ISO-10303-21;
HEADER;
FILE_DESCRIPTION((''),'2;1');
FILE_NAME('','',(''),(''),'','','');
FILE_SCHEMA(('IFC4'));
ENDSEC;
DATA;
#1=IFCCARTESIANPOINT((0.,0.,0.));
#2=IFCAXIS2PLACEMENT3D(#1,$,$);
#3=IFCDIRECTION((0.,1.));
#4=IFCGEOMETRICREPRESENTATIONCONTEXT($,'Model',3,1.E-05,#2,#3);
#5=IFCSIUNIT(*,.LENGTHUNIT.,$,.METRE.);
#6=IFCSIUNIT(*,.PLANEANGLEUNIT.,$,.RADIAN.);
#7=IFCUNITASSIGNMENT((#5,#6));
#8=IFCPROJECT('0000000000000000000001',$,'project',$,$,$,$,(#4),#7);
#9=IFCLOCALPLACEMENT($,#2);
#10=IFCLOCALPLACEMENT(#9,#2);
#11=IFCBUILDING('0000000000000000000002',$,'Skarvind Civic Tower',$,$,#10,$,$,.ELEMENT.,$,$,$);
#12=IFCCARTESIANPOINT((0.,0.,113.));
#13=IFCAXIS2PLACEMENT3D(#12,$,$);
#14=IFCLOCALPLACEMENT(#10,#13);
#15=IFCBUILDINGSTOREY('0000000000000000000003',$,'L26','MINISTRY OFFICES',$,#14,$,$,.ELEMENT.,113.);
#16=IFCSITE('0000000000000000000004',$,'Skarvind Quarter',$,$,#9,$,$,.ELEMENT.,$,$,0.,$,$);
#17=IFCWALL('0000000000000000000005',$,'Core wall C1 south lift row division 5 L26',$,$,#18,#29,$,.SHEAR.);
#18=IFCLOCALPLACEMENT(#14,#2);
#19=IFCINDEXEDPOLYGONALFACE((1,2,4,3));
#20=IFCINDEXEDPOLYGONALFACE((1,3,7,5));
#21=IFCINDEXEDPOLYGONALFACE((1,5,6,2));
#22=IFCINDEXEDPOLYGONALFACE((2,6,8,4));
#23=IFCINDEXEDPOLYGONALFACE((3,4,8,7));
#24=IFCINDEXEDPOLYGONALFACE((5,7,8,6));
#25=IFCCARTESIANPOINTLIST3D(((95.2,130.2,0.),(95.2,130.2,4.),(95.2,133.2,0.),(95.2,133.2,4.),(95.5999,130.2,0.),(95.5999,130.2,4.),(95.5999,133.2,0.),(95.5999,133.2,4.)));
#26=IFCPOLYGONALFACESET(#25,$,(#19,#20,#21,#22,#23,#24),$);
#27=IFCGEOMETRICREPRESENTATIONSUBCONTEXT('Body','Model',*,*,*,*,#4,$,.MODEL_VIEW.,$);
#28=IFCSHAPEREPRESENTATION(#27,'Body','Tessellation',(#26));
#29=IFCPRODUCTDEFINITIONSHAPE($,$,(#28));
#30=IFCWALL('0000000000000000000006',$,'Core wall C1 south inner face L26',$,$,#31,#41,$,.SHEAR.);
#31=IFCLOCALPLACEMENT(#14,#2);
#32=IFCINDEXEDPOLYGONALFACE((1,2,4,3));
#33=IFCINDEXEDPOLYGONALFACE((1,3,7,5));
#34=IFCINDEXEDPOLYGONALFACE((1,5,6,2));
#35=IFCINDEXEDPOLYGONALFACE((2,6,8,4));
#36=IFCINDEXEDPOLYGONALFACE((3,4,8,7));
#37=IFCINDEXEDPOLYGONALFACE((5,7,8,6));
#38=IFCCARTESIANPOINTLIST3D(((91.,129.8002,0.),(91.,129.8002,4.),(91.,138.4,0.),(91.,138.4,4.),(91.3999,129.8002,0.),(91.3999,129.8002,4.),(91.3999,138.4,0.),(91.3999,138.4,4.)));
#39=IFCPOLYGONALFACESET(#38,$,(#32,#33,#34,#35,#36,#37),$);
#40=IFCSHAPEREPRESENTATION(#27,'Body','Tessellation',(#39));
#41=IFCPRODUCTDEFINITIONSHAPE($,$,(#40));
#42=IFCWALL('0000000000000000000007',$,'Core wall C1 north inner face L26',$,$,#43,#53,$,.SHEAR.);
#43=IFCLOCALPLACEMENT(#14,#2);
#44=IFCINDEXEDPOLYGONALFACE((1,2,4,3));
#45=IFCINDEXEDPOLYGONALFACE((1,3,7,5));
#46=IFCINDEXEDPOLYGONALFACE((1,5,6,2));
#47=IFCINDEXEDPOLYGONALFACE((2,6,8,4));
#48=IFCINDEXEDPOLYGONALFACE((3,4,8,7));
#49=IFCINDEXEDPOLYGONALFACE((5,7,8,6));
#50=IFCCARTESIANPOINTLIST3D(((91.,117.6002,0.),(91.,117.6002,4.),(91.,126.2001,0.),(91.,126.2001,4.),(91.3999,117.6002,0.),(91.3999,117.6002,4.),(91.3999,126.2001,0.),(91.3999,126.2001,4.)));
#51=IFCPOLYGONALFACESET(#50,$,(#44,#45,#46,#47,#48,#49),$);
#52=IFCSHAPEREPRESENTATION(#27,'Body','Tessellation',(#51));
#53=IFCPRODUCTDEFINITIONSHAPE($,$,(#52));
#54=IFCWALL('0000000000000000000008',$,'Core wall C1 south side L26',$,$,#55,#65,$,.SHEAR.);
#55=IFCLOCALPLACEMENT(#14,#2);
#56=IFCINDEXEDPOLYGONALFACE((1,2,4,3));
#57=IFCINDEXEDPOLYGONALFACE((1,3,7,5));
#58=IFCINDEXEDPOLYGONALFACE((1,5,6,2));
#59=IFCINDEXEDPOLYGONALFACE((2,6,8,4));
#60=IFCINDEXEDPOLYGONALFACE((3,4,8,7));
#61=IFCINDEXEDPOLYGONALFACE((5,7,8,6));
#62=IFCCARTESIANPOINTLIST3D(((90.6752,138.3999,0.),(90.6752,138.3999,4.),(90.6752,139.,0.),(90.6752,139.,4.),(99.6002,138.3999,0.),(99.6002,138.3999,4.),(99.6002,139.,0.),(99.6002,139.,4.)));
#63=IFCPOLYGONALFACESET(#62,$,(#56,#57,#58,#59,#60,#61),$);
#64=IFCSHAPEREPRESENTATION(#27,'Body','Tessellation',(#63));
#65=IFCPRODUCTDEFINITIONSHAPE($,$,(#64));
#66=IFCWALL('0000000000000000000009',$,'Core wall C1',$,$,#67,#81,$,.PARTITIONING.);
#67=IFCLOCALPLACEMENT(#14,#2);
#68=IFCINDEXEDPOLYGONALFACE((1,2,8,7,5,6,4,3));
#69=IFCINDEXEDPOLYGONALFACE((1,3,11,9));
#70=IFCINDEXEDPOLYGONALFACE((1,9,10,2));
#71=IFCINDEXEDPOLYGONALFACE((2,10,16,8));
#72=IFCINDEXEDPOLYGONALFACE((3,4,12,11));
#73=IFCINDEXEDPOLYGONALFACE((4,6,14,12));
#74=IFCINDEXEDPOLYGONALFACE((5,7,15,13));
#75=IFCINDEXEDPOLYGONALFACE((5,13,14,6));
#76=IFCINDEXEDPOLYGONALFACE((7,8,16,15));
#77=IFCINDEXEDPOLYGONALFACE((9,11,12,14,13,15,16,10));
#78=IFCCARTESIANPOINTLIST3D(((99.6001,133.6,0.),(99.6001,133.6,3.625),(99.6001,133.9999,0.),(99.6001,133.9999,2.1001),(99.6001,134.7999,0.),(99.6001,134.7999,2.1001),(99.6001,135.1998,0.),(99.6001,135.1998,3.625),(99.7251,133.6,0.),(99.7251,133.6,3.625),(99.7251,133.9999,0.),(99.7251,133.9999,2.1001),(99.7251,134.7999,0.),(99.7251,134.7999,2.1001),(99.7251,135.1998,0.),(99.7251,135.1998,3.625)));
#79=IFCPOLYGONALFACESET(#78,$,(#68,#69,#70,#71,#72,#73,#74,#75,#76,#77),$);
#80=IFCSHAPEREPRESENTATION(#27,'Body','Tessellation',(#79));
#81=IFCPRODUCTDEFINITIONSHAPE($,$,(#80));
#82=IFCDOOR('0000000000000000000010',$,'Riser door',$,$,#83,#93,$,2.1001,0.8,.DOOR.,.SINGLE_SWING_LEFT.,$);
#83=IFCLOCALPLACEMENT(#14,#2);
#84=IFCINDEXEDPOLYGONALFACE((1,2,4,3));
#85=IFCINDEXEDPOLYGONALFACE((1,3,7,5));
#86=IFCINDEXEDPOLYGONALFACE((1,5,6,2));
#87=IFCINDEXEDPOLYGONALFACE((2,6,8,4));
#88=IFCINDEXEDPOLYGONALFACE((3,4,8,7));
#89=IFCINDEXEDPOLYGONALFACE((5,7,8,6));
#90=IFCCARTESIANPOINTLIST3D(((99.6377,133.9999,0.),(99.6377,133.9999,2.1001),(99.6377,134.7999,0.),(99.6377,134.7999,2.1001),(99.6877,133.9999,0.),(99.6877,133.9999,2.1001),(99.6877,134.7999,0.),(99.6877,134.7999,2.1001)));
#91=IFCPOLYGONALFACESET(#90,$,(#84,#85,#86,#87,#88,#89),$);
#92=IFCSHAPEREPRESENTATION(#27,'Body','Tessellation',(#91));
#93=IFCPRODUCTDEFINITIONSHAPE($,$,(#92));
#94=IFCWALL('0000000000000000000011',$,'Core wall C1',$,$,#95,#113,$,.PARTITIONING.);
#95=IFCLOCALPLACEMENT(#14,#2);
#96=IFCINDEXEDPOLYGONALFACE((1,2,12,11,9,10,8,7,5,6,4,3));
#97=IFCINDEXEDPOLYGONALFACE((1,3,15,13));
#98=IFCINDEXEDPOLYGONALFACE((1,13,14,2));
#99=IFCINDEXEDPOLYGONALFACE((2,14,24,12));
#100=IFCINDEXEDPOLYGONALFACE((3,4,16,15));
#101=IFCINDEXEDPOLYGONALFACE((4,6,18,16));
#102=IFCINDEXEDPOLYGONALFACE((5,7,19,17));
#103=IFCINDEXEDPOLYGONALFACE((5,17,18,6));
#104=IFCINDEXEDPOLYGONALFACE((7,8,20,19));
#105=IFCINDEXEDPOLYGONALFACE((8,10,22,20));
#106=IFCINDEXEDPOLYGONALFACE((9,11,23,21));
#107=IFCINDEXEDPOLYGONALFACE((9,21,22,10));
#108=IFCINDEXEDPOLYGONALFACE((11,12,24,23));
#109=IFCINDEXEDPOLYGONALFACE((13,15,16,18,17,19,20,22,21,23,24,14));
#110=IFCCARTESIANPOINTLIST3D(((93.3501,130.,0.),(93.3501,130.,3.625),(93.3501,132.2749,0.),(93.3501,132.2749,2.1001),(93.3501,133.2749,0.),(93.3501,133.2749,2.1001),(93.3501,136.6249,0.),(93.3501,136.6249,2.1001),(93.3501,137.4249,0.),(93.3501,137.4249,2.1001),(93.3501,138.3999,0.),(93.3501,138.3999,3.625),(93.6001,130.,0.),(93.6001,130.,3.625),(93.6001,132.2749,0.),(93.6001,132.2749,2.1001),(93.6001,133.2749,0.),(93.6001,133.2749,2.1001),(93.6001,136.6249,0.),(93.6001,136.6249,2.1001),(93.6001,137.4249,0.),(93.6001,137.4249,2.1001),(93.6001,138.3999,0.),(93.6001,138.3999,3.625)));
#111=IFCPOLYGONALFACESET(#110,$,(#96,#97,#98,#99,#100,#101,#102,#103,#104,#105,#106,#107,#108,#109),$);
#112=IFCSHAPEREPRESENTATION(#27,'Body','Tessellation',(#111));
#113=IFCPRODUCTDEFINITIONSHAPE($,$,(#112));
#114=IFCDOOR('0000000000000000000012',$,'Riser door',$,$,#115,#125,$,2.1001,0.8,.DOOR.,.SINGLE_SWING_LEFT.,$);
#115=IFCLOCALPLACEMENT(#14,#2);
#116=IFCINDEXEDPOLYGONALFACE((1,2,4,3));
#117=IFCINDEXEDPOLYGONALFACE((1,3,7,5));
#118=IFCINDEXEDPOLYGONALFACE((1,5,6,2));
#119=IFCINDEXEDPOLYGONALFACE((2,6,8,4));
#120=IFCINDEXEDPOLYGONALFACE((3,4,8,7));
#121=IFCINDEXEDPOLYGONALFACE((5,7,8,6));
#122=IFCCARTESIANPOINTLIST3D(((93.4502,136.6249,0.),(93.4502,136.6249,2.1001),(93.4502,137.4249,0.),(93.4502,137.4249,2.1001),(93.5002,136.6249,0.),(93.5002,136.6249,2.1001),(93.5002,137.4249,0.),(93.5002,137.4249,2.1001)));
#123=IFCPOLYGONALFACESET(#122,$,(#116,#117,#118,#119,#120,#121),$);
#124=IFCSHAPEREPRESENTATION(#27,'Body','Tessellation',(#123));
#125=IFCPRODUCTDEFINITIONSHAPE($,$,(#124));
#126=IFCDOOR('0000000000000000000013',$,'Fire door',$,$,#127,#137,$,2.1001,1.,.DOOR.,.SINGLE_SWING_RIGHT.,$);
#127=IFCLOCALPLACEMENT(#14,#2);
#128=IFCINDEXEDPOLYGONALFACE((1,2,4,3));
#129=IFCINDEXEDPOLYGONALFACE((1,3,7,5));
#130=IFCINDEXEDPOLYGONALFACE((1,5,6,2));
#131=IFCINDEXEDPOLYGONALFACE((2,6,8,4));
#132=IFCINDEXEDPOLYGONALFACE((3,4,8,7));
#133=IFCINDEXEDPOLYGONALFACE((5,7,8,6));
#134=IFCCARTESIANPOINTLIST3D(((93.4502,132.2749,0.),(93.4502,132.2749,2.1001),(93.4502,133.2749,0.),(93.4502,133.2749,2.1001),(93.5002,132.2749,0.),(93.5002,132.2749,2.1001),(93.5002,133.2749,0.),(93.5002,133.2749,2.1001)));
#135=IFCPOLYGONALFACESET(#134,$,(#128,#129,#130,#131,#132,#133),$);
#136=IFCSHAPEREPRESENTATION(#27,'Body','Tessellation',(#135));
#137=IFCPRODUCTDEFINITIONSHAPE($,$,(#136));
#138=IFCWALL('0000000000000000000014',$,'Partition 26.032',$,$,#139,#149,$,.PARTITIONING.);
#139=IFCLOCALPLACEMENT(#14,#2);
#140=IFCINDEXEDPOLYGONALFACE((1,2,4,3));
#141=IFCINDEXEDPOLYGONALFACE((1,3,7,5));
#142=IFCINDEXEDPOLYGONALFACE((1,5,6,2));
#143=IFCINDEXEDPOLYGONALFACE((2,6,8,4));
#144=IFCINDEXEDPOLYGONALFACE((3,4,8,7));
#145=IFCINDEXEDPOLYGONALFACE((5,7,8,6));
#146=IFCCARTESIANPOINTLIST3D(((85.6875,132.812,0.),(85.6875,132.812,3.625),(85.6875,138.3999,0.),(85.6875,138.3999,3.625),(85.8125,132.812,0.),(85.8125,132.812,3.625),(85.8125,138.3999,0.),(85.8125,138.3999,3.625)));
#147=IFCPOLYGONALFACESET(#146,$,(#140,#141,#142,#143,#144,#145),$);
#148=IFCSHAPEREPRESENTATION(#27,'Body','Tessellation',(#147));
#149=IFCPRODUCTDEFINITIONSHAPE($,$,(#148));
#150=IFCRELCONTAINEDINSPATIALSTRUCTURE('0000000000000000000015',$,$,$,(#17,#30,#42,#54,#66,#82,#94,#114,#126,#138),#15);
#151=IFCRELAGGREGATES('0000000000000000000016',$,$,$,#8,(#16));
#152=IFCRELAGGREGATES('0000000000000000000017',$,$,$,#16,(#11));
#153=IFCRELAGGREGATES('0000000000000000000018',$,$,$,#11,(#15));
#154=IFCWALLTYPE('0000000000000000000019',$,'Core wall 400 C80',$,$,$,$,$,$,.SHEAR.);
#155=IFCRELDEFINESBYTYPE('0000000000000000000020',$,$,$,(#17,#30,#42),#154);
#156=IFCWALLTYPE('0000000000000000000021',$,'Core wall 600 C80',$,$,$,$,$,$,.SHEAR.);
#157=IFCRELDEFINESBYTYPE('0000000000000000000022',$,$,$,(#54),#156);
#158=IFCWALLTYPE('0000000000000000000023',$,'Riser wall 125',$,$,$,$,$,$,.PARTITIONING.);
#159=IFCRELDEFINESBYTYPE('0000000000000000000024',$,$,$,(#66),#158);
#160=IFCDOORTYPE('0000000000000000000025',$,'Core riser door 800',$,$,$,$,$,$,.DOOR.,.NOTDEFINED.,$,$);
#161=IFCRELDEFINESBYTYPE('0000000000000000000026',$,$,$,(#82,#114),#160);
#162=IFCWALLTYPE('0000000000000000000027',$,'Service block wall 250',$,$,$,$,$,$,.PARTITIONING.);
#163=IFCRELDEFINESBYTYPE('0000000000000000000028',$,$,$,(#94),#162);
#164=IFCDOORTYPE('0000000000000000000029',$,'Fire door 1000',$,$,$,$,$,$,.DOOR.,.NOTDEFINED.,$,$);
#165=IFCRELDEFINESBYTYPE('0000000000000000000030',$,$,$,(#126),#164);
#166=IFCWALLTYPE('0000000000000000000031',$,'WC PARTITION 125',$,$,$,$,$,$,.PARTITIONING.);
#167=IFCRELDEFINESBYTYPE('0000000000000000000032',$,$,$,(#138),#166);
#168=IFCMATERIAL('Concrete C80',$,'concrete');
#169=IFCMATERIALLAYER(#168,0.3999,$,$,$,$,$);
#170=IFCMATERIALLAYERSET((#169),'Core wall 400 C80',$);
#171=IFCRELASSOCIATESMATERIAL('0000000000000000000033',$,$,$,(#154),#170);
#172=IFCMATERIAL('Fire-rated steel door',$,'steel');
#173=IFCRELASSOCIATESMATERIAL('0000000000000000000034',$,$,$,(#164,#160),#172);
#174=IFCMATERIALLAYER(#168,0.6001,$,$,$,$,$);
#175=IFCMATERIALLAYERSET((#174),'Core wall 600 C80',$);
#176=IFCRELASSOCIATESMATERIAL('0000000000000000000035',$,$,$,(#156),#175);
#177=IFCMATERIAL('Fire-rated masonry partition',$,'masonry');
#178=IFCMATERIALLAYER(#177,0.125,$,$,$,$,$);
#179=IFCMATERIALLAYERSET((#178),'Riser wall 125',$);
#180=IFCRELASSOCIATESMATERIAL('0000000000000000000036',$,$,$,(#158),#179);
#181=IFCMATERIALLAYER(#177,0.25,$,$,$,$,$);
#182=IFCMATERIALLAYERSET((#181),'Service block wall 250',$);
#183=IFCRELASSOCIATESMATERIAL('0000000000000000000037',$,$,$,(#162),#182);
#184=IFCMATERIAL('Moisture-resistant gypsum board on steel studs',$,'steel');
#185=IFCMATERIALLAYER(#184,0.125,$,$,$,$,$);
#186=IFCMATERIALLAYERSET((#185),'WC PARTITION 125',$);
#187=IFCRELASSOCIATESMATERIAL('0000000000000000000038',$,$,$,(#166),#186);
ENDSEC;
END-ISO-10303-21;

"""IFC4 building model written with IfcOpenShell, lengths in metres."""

from ifc_helpers import new_model, si_unit, direction, frame, frame_2d, origin, place, context, subcontext, project, spatial, rectangle, extrude, material, layer, layer_set, type_object, element, fill, save


model = new_model("IFC4")

# Units and contexts
model_context = context("Model", 3, precision=1e-05, world=origin(), true_north=direction((0.0, 1.0)))
body_context = subcontext(model_context, "Body", "Model", "MODEL_VIEW")
ifc_project = project(units=[si_unit("LENGTHUNIT", "METRE"), si_unit("PLANEANGLEUNIT", "RADIAN")], contexts=[model_context])

# Site, building, storey
site_placement = place(None, origin())
site = spatial("IfcSite", under=ifc_project, at=site_placement, Name="Skarvind Quarter", CompositionType="ELEMENT", RefElevation=0.0)
building_placement = place(site_placement, origin())
building = spatial("IfcBuilding", under=site, at=building_placement, Name="Skarvind Civic Tower", CompositionType="ELEMENT")
storey_placement = place(building_placement, frame((0.0, 0.0, 113.0)))
storey = spatial("IfcBuildingStorey", under=building, at=storey_placement, Name="L26", Description="MINISTRY OFFICES", CompositionType="ELEMENT", Elevation=113.0)

# Shared definitions
ifc_material_1 = material(Name="Concrete C80", Category="concrete")

# Shared definitions
ifc_material_2 = material(Name="Fire-rated masonry partition", Category="masonry")
ifc_material_3 = material(Name="Fire-rated steel door", Category="steel")

# Shared definitions
ifc_layer_1 = layer(ifc_material_1, 0.3999)
ifc_layer_set_1 = layer_set([ifc_layer_1], Name="Core wall 400 C80")
wall_type_1 = type_object("IfcWallType", Name="Core wall 400 C80", PredefinedType="SHEAR", material=ifc_layer_set_1)
door_type_1 = type_object("IfcDoorType", Name="Fire door 1000", OperationType="NOTDEFINED", PredefinedType="DOOR", material=ifc_material_3)

# Walls
for number, where, z_axis, x_axis, name in (
    (1, (95.3999, 133.2, 0.0), (0.0, 0.0, 1.0), (0.0, -1.0, 0.0), "Core wall C1 south lift row division 5 L26"),
):
    element("IfcWall", number, at=place(storey_placement, frame(where, z_axis=z_axis, x_axis=x_axis)), inside=storey, type_object=wall_type_1, Name=name, PredefinedType="SHEAR", context=body_context, shape_type="SweptSolid", body=[
        extrude(rectangle(XDim=3.0, YDim=0.3999, at=frame_2d((1.5, 0.0))), origin(), (0.0, 0.0, 1.0), 4.0),
    ])
for number, where, z_axis, x_axis, name in (
    (2, (91.2, 138.3999, 0.0), (0.0, 0.0, 1.0), (0.0, -1.0, 0.0), "Core wall C1 south inner face L26"),
    (3, (91.2, 126.2, 0.0), (0.0, 0.0, 1.0), (0.0, -1.0, 0.0), "Core wall C1 north inner face L26"),
):
    element("IfcWall", number, at=place(storey_placement, frame(where, z_axis=z_axis, x_axis=x_axis)), inside=storey, type_object=wall_type_1, Name=name, PredefinedType="SHEAR", context=body_context, shape_type="SweptSolid", body=[
        extrude(rectangle(XDim=8.5999, YDim=0.3999, at=frame_2d((4.2998, 0.0))), origin(), (0.0, 0.0, 1.0), 4.0),
    ])
ifc_layer_2 = layer(ifc_material_1, 0.6001)
ifc_layer_set_2 = layer_set([ifc_layer_2], Name="Core wall 600 C80")
wall_type_2 = type_object("IfcWallType", Name="Core wall 600 C80", PredefinedType="SHEAR", material=ifc_layer_set_2)
wall_1_placement = place(storey_placement, frame((99.6001, 138.7, 0.0), z_axis=(0.0, 0.0, 1.0), x_axis=(-1.0, 0.0, 0.0)))
element("IfcWall", 4, at=wall_1_placement, inside=storey, type_object=wall_type_2, Name="Core wall C1 south side L26", PredefinedType="SHEAR", context=body_context, shape_type="SweptSolid", body=[
    extrude(rectangle(XDim=8.925, YDim=0.6001, at=frame_2d((4.4624, 0.0))), origin(), (0.0, 0.0, 1.0), 4.0),
])

# Wall, opening, door
ifc_layer_3 = layer(ifc_material_2, 0.125)
ifc_layer_set_3 = layer_set([ifc_layer_3], Name="Riser wall 125")
wall_type_3 = type_object("IfcWallType", Name="Riser wall 125", PredefinedType="PARTITIONING", material=ifc_layer_set_3)
wall_2_placement = place(storey_placement, frame((99.6626, 133.6001, 0.0), z_axis=(0.0, 0.0, 1.0), x_axis=(0.0, 1.0, 0.0)))
wall_2 = element("IfcWall", 5, at=wall_2_placement, inside=storey, type_object=wall_type_3, Name="Core wall C1", PredefinedType="PARTITIONING", context=body_context, shape_type="SweptSolid", body=[
    extrude(rectangle(XDim=1.5999, YDim=0.125, at=frame_2d((0.7998, 0.0))), origin(), (0.0, 0.0, 1.0), 3.625),
])
opening_1_placement = place(wall_2_placement, frame((0.3999, 0.0, 0.0)))
opening_1 = element("IfcOpeningElement", 6, at=opening_1_placement, cuts=wall_2, PredefinedType="OPENING", context=body_context, shape_type="SweptSolid", body=[
    extrude(rectangle(XDim=0.8, YDim=2.1001, at=frame_2d((0.3999, 1.05))), frame((0.0, 0.0725, 0.0), z_axis=(0.0, -1.0, 0.0), x_axis=(1.0, 0.0, 0.0)), (0.0, 0.0, 1.0), 0.145),
])
door_type_2 = type_object("IfcDoorType", Name="Core riser door 800", OperationType="NOTDEFINED", PredefinedType="DOOR", material=ifc_material_3)
door_1_placement = place(opening_1_placement, origin())
door_1 = element("IfcDoor", 7, at=door_1_placement, inside=storey, type_object=door_type_2, Name="Riser door", OperationType="SINGLE_SWING_LEFT", OverallHeight=2.1001, OverallWidth=0.8, PredefinedType="DOOR", context=body_context, shape_type="SweptSolid", body=[
    extrude(rectangle(XDim=0.8, YDim=2.1001, at=frame_2d((0.3999, 1.05))), frame((0.0, 0.0249, 0.0), z_axis=(0.0, -1.0, 0.0), x_axis=(1.0, 0.0, 0.0)), (0.0, 0.0, 1.0), 0.05),
])
fill(opening_1, door_1)

# Wall, openings, doors
ifc_layer_4 = layer(ifc_material_2, 0.25)
ifc_layer_set_4 = layer_set([ifc_layer_4], Name="Service block wall 250")
wall_type_4 = type_object("IfcWallType", Name="Service block wall 250", PredefinedType="PARTITIONING", material=ifc_layer_set_4)
wall_3_placement = place(storey_placement, frame((93.4751, 130.0, 0.0), z_axis=(0.0, 0.0, 1.0), x_axis=(0.0, 1.0, 0.0)))
wall_3 = element("IfcWall", 8, at=wall_3_placement, inside=storey, type_object=wall_type_4, Name="Core wall C1", PredefinedType="PARTITIONING", context=body_context, shape_type="SweptSolid", body=[
    extrude(rectangle(XDim=8.3999, YDim=0.25, at=frame_2d((4.2, 0.0))), origin(), (0.0, 0.0, 1.0), 3.625),
])
opening_2_placement = place(wall_3_placement, frame((2.2749, 0.0, 0.0)))
opening_2 = element("IfcOpeningElement", 9, at=opening_2_placement, cuts=wall_3, PredefinedType="OPENING", context=body_context, shape_type="SweptSolid", body=[
    extrude(rectangle(XDim=1.0, YDim=2.1001, at=frame_2d((0.5, 1.05))), frame((0.0, 0.135, 0.0), z_axis=(0.0, -1.0, 0.0), x_axis=(1.0, 0.0, 0.0)), (0.0, 0.0, 1.0), 0.27),
])
opening_3_placement = place(wall_3_placement, frame((6.625, 0.0, 0.0)))
opening_3 = element("IfcOpeningElement", 10, at=opening_3_placement, cuts=wall_3, PredefinedType="OPENING", context=body_context, shape_type="SweptSolid", body=[
    extrude(rectangle(XDim=0.8, YDim=2.1001, at=frame_2d((0.3999, 1.05))), frame((0.0, 0.135, 0.0), z_axis=(0.0, -1.0, 0.0), x_axis=(1.0, 0.0, 0.0)), (0.0, 0.0, 1.0), 0.27),
])
door_2_placement = place(opening_3_placement, origin())
door_2 = element("IfcDoor", 11, at=door_2_placement, inside=storey, type_object=door_type_2, Name="Riser door", OperationType="SINGLE_SWING_LEFT", OverallHeight=2.1001, OverallWidth=0.8, PredefinedType="DOOR", context=body_context, shape_type="SweptSolid", body=[
    extrude(rectangle(XDim=0.8, YDim=2.1001, at=frame_2d((0.3999, 1.05))), frame((0.0, 0.0249, 0.0), z_axis=(0.0, -1.0, 0.0), x_axis=(1.0, 0.0, 0.0)), (0.0, 0.0, 1.0), 0.05),
])
fill(opening_3, door_2)
door_3_placement = place(opening_2_placement, origin())
door_3 = element("IfcDoor", 12, at=door_3_placement, inside=storey, type_object=door_type_1, Name="Fire door", OperationType="SINGLE_SWING_RIGHT", OverallHeight=2.1001, OverallWidth=1.0, PredefinedType="DOOR", context=body_context, shape_type="SweptSolid", body=[
    extrude(rectangle(XDim=1.0, YDim=2.1001, at=frame_2d((0.5, 1.05))), frame((0.0, 0.0249, 0.0), z_axis=(0.0, -1.0, 0.0), x_axis=(1.0, 0.0, 0.0)), (0.0, 0.0, 1.0), 0.05),
])
fill(opening_2, door_3)

# Wall
ifc_material_4 = material(Name="Moisture-resistant gypsum board on steel studs", Category="steel")
ifc_layer_5 = layer(ifc_material_4, 0.125)
ifc_layer_set_5 = layer_set([ifc_layer_5], Name="WC PARTITION 125")
wall_type_5 = type_object("IfcWallType", Name="WC PARTITION 125", PredefinedType="PARTITIONING", material=ifc_layer_set_5)
wall_4_placement = place(storey_placement, frame((85.75, 138.3999, 0.0), z_axis=(0.0, 0.0, 1.0), x_axis=(0.0, -1.0, 0.0)))
element("IfcWall", 13, at=wall_4_placement, inside=storey, type_object=wall_type_5, Name="Partition 26.032", PredefinedType="PARTITIONING", context=body_context, shape_type="SweptSolid", body=[
    extrude(rectangle(XDim=5.5879, YDim=0.125, at=frame_2d((2.7939, 0.0))), origin(), (0.0, 0.0, 1.0), 3.625),
])

save(model, "model.ifc")
